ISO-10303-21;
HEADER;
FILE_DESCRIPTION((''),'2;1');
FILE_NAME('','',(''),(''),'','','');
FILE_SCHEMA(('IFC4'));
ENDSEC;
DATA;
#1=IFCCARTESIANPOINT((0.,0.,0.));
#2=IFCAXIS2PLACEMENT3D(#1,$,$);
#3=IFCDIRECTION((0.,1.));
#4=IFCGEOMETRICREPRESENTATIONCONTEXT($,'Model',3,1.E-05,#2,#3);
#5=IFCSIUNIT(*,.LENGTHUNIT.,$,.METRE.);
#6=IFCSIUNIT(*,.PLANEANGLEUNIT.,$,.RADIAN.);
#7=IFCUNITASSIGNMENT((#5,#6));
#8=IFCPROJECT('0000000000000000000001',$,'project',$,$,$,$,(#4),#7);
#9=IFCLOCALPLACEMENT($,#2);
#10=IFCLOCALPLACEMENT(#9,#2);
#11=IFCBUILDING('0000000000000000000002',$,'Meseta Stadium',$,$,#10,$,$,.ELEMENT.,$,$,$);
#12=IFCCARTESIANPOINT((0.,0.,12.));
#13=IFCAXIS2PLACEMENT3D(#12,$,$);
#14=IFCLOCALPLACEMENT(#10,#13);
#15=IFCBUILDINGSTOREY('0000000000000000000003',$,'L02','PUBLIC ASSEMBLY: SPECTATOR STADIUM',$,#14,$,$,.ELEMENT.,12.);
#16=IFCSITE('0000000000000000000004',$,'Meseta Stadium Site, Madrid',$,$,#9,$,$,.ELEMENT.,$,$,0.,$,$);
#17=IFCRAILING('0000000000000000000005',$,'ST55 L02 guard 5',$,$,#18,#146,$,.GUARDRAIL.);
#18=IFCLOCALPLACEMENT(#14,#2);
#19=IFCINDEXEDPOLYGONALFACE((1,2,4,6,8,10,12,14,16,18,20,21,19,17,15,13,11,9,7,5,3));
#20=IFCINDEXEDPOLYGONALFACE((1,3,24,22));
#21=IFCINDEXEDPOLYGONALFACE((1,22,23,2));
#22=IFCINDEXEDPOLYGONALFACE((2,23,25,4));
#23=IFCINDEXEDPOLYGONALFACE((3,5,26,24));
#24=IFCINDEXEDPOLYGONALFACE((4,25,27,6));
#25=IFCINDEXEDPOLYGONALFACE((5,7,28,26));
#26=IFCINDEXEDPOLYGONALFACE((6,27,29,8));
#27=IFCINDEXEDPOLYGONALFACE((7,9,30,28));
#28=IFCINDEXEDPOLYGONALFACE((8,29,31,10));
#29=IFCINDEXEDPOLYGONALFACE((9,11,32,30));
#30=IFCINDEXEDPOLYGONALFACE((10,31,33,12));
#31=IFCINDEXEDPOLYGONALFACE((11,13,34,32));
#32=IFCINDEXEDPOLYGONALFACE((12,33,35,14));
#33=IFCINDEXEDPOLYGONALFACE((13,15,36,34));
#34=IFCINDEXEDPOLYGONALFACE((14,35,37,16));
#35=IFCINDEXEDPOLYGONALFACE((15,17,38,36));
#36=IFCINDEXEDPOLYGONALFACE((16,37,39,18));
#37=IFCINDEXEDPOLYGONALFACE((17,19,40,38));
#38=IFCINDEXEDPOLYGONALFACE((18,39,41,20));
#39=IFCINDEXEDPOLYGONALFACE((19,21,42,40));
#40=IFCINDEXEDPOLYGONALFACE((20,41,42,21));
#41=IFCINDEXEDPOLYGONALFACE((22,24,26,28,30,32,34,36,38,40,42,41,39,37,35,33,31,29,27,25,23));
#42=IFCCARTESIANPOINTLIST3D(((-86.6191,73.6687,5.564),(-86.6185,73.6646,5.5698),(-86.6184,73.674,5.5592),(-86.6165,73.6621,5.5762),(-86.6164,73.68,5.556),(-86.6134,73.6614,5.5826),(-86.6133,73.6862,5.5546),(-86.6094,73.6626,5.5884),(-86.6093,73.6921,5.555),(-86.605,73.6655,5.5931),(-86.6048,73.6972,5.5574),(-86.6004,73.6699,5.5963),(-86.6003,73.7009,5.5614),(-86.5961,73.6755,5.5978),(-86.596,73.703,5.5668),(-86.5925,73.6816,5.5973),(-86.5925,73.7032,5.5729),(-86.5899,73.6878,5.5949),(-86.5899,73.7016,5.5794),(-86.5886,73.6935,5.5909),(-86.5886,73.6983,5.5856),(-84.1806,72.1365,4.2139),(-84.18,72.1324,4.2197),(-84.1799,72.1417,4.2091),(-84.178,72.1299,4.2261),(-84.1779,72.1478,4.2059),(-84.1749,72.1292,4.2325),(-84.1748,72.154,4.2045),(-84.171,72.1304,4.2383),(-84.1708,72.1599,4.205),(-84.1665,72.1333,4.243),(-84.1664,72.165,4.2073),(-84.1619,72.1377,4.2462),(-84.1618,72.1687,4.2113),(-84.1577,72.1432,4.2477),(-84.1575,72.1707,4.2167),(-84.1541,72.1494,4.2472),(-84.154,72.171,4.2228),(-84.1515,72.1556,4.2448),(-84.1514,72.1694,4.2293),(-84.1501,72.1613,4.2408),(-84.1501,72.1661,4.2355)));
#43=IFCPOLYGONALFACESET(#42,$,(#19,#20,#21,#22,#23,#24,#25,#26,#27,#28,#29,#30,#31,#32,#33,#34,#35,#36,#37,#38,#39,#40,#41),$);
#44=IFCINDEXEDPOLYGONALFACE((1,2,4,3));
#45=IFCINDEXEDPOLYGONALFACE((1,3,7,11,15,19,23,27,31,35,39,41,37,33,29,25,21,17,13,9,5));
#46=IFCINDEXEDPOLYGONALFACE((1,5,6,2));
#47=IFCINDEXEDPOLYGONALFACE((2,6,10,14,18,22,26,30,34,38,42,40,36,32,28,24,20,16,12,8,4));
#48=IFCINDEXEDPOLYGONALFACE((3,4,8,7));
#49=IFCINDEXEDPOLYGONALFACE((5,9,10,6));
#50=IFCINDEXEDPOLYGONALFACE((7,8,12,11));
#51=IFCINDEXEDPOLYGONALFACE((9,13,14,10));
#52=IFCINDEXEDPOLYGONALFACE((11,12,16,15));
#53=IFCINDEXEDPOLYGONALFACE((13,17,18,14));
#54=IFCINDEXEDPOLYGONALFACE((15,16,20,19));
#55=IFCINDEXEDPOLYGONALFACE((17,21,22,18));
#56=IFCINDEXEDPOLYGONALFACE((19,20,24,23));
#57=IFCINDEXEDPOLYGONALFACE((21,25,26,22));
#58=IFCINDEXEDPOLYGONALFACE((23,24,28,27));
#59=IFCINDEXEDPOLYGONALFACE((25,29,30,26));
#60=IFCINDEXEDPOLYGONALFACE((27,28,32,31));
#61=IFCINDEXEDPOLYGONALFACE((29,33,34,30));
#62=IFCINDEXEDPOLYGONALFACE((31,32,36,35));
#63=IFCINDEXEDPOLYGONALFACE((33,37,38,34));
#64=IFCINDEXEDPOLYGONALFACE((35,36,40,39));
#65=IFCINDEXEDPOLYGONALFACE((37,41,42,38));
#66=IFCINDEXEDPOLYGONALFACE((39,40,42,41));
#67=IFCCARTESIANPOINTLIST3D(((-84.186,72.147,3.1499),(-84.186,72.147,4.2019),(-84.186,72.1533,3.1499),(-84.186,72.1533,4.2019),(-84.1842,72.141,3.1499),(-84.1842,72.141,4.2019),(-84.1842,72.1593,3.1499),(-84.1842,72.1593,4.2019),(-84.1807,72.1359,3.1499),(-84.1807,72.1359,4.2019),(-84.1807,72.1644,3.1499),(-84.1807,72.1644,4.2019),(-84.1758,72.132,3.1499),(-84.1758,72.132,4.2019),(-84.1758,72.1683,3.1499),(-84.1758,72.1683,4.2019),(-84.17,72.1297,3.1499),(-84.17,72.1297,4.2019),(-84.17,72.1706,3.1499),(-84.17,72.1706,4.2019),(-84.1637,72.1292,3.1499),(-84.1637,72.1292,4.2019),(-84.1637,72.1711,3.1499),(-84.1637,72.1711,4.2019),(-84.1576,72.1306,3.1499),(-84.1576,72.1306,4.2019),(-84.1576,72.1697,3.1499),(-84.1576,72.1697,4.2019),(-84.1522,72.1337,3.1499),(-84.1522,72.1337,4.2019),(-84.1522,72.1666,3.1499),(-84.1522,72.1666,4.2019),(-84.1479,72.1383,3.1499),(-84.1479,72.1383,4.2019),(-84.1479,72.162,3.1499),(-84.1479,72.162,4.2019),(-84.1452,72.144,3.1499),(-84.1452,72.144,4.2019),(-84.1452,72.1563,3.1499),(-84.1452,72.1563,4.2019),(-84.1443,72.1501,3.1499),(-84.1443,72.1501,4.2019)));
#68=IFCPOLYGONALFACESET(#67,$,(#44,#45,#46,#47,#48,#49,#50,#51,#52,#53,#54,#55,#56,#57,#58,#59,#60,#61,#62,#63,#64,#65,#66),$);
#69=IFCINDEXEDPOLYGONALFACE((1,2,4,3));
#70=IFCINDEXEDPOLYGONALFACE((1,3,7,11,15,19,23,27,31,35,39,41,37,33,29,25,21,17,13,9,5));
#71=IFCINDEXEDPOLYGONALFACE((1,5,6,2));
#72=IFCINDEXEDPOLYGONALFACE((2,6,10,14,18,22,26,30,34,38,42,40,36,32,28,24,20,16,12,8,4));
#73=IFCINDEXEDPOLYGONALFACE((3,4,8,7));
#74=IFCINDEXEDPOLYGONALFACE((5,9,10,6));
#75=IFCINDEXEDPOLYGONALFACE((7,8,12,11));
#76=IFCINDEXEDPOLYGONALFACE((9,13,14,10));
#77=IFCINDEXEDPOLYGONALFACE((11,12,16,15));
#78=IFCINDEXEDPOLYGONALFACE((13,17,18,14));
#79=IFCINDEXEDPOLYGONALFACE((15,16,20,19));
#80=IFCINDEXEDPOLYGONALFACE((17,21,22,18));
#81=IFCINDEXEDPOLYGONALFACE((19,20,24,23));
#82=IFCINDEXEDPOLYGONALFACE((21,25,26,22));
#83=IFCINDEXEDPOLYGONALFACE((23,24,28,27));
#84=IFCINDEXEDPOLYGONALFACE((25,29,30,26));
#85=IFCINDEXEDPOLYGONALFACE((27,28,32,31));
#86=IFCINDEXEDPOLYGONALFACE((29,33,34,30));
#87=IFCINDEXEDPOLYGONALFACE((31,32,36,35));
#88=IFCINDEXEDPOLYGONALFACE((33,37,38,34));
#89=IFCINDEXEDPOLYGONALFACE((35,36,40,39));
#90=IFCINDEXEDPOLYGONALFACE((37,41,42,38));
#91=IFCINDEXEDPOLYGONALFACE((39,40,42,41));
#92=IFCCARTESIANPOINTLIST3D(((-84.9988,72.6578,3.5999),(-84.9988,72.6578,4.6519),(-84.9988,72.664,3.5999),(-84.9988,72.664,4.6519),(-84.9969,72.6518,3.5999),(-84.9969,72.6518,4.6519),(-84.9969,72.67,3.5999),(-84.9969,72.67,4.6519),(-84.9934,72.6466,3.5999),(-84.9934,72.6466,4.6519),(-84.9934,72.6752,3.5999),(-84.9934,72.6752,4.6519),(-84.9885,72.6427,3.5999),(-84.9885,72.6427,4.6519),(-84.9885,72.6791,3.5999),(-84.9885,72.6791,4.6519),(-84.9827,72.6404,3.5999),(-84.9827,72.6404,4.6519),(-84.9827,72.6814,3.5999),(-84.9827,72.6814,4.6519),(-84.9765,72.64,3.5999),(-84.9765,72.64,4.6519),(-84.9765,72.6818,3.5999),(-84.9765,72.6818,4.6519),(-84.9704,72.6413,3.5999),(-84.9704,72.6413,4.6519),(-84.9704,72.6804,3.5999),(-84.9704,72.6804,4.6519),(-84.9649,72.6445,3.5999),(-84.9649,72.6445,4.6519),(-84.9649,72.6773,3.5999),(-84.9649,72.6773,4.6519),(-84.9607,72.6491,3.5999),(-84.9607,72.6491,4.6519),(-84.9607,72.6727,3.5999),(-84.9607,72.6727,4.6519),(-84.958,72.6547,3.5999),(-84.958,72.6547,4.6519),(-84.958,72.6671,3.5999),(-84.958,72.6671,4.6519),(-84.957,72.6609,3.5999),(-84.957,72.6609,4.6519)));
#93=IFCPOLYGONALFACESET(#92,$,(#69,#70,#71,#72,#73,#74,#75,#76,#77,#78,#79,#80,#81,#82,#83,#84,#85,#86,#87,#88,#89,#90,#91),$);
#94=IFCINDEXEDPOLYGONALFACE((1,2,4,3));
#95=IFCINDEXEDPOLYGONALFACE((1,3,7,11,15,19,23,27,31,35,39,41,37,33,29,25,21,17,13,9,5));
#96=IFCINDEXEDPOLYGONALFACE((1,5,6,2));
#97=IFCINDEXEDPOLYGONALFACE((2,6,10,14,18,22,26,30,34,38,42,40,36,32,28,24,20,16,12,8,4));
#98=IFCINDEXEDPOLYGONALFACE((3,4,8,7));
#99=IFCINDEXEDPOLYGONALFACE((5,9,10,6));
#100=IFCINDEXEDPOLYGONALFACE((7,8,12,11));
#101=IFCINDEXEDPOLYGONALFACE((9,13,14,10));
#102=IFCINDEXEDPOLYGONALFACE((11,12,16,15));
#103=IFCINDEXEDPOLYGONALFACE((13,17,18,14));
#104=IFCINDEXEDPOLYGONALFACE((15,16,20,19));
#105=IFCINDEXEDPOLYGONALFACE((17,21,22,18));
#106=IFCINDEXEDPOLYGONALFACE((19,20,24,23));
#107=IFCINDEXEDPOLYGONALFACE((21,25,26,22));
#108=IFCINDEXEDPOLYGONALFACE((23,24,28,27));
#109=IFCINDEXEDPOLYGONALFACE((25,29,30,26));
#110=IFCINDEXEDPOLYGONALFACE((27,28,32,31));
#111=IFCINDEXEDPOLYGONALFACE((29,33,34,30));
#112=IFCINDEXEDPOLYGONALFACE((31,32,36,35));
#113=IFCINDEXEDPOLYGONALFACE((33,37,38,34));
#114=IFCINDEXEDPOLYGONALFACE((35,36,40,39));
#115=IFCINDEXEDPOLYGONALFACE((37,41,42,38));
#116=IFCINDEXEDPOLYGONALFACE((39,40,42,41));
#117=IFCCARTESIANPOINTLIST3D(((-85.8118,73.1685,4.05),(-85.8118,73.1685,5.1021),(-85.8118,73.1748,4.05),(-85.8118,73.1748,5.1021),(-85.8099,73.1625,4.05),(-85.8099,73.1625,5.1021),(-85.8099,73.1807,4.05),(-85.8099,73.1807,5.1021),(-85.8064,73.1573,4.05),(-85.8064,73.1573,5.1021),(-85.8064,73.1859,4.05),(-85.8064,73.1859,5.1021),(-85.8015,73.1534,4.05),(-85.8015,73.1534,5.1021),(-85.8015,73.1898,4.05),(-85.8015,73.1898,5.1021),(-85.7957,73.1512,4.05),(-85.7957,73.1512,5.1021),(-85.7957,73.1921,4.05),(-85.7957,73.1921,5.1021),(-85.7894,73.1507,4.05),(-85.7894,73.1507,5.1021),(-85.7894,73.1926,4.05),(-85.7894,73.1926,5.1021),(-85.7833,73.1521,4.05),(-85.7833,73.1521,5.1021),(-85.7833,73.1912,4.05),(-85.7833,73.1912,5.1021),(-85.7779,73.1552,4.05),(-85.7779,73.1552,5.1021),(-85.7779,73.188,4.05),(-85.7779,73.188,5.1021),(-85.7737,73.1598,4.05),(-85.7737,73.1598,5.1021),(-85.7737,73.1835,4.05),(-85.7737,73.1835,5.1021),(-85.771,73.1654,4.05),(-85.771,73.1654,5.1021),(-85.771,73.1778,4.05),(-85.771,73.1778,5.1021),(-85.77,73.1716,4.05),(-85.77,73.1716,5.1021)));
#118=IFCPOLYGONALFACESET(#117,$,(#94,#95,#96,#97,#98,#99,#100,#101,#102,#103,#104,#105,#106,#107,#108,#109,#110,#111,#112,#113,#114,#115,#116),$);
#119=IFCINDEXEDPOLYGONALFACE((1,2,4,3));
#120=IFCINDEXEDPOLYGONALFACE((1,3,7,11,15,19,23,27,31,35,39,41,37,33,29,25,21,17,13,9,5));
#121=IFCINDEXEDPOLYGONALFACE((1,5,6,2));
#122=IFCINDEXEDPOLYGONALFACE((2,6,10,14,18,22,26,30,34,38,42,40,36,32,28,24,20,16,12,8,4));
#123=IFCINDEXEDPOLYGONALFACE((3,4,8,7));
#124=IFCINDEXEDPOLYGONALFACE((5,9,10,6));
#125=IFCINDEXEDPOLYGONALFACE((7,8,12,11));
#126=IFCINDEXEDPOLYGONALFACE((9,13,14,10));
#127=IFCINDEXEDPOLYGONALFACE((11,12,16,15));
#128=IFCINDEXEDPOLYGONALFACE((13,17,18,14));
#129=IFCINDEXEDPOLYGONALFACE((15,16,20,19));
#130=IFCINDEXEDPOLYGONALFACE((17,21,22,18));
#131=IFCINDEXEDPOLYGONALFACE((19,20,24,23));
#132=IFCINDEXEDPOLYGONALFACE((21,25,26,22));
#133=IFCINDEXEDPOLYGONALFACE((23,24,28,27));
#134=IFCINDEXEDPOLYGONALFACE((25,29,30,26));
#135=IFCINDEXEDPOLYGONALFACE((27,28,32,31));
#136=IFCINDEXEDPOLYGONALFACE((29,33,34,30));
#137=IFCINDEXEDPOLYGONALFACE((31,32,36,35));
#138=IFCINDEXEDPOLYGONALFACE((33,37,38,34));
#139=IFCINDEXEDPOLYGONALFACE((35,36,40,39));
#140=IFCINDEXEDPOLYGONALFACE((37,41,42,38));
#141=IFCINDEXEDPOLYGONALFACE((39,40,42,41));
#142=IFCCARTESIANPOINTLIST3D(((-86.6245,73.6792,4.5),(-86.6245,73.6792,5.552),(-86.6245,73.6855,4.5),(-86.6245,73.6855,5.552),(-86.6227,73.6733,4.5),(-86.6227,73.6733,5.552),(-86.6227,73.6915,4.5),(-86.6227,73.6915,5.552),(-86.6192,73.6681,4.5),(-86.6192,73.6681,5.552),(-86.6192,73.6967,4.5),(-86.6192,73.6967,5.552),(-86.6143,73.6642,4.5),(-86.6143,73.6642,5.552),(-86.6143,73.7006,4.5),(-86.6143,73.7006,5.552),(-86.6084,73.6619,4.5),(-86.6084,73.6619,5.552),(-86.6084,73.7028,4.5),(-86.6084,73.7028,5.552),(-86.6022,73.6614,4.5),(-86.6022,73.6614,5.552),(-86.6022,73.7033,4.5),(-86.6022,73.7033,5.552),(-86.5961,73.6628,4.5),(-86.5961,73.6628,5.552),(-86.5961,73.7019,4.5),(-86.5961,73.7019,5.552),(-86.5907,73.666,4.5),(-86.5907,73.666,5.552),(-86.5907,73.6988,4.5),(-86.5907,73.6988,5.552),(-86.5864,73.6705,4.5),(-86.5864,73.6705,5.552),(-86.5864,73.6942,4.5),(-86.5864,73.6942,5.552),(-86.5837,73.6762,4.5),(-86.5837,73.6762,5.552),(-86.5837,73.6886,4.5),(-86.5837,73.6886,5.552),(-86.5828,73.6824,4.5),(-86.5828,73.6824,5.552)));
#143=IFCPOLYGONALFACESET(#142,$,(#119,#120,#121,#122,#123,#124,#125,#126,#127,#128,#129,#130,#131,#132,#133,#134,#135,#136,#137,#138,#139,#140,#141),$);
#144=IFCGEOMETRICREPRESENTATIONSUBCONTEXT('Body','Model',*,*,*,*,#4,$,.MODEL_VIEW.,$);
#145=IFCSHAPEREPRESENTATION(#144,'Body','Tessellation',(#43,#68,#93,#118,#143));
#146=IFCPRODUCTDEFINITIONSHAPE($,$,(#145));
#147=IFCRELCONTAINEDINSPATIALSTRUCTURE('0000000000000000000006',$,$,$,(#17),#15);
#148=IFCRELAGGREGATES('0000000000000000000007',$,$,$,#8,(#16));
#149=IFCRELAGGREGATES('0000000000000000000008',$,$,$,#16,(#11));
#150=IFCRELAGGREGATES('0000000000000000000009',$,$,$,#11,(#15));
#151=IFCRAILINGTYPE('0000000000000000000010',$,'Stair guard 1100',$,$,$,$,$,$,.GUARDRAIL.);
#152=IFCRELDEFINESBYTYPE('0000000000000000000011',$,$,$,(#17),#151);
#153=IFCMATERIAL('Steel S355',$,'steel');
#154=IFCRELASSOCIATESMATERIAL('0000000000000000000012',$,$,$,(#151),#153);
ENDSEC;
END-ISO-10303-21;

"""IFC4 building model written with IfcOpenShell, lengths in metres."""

from ifc_helpers import new_model, si_unit, direction, frame, origin, origin_2d, place, context, subcontext, project, spatial, circle, extrude, material, type_object, element, save


model = new_model("IFC4")

# Units and contexts
model_context = context("Model", 3, precision=1e-05, world=origin(), true_north=direction((0.0, 1.0)))
body_context = subcontext(model_context, "Body", "Model", "MODEL_VIEW")
ifc_project = project(units=[si_unit("LENGTHUNIT", "METRE"), si_unit("PLANEANGLEUNIT", "RADIAN")], contexts=[model_context])

# Site, building, storey
site_placement = place(None, origin())
site = spatial("IfcSite", under=ifc_project, at=site_placement, Name="Meseta Stadium Site, Madrid", CompositionType="ELEMENT", RefElevation=0.0)
building_placement = place(site_placement, origin())
building = spatial("IfcBuilding", under=site, at=building_placement, Name="Meseta Stadium", CompositionType="ELEMENT")
storey_placement = place(building_placement, frame((0.0, 0.0, 12.0)))
storey = spatial("IfcBuildingStorey", under=building, at=storey_placement, Name="L02", Description="PUBLIC ASSEMBLY: SPECTATOR STADIUM", CompositionType="ELEMENT", Elevation=12.0)

# Railing
ifc_material_1 = material(Name="Steel S355", Category="steel")
railing_type_1 = type_object("IfcRailingType", Name="Stair guard 1100", PredefinedType="GUARDRAIL", material=ifc_material_1)
railing_1_placement = place(storey_placement, frame((-84.1653, 72.1501, 3.1499)))
element("IfcRailing", 1, at=railing_1_placement, inside=storey, type_object=railing_type_1, Name="ST55 L02 guard 5", PredefinedType="GUARDRAIL", context=body_context, shape_type="SweptSolid", body=[
    extrude(circle(Radius=0.0239, at=origin_2d()), frame((0.0, 0.0, 1.0762), z_axis=(-0.766655, 0.481731, 0.42447), x_axis=(-0.53204, -0.846719, 0.0)), (0.0, 0.0, 1.0), 3.1807),
    extrude(circle(Radius=0.021, at=origin_2d()), origin(), (0.0, 0.0, 1.0), 1.052),
    extrude(circle(Radius=0.021, at=origin_2d()), frame((-0.8127, 0.5107, 0.45)), (0.0, 0.0, 1.0), 1.052),
    extrude(circle(Radius=0.021, at=origin_2d()), frame((-1.6257, 1.0215, 0.9001)), (0.0, 0.0, 1.0), 1.052),
    extrude(circle(Radius=0.021, at=origin_2d()), frame((-2.4385, 1.5322, 1.3501)), (0.0, 0.0, 1.0), 1.052),
])

save(model, "model.ifc")
